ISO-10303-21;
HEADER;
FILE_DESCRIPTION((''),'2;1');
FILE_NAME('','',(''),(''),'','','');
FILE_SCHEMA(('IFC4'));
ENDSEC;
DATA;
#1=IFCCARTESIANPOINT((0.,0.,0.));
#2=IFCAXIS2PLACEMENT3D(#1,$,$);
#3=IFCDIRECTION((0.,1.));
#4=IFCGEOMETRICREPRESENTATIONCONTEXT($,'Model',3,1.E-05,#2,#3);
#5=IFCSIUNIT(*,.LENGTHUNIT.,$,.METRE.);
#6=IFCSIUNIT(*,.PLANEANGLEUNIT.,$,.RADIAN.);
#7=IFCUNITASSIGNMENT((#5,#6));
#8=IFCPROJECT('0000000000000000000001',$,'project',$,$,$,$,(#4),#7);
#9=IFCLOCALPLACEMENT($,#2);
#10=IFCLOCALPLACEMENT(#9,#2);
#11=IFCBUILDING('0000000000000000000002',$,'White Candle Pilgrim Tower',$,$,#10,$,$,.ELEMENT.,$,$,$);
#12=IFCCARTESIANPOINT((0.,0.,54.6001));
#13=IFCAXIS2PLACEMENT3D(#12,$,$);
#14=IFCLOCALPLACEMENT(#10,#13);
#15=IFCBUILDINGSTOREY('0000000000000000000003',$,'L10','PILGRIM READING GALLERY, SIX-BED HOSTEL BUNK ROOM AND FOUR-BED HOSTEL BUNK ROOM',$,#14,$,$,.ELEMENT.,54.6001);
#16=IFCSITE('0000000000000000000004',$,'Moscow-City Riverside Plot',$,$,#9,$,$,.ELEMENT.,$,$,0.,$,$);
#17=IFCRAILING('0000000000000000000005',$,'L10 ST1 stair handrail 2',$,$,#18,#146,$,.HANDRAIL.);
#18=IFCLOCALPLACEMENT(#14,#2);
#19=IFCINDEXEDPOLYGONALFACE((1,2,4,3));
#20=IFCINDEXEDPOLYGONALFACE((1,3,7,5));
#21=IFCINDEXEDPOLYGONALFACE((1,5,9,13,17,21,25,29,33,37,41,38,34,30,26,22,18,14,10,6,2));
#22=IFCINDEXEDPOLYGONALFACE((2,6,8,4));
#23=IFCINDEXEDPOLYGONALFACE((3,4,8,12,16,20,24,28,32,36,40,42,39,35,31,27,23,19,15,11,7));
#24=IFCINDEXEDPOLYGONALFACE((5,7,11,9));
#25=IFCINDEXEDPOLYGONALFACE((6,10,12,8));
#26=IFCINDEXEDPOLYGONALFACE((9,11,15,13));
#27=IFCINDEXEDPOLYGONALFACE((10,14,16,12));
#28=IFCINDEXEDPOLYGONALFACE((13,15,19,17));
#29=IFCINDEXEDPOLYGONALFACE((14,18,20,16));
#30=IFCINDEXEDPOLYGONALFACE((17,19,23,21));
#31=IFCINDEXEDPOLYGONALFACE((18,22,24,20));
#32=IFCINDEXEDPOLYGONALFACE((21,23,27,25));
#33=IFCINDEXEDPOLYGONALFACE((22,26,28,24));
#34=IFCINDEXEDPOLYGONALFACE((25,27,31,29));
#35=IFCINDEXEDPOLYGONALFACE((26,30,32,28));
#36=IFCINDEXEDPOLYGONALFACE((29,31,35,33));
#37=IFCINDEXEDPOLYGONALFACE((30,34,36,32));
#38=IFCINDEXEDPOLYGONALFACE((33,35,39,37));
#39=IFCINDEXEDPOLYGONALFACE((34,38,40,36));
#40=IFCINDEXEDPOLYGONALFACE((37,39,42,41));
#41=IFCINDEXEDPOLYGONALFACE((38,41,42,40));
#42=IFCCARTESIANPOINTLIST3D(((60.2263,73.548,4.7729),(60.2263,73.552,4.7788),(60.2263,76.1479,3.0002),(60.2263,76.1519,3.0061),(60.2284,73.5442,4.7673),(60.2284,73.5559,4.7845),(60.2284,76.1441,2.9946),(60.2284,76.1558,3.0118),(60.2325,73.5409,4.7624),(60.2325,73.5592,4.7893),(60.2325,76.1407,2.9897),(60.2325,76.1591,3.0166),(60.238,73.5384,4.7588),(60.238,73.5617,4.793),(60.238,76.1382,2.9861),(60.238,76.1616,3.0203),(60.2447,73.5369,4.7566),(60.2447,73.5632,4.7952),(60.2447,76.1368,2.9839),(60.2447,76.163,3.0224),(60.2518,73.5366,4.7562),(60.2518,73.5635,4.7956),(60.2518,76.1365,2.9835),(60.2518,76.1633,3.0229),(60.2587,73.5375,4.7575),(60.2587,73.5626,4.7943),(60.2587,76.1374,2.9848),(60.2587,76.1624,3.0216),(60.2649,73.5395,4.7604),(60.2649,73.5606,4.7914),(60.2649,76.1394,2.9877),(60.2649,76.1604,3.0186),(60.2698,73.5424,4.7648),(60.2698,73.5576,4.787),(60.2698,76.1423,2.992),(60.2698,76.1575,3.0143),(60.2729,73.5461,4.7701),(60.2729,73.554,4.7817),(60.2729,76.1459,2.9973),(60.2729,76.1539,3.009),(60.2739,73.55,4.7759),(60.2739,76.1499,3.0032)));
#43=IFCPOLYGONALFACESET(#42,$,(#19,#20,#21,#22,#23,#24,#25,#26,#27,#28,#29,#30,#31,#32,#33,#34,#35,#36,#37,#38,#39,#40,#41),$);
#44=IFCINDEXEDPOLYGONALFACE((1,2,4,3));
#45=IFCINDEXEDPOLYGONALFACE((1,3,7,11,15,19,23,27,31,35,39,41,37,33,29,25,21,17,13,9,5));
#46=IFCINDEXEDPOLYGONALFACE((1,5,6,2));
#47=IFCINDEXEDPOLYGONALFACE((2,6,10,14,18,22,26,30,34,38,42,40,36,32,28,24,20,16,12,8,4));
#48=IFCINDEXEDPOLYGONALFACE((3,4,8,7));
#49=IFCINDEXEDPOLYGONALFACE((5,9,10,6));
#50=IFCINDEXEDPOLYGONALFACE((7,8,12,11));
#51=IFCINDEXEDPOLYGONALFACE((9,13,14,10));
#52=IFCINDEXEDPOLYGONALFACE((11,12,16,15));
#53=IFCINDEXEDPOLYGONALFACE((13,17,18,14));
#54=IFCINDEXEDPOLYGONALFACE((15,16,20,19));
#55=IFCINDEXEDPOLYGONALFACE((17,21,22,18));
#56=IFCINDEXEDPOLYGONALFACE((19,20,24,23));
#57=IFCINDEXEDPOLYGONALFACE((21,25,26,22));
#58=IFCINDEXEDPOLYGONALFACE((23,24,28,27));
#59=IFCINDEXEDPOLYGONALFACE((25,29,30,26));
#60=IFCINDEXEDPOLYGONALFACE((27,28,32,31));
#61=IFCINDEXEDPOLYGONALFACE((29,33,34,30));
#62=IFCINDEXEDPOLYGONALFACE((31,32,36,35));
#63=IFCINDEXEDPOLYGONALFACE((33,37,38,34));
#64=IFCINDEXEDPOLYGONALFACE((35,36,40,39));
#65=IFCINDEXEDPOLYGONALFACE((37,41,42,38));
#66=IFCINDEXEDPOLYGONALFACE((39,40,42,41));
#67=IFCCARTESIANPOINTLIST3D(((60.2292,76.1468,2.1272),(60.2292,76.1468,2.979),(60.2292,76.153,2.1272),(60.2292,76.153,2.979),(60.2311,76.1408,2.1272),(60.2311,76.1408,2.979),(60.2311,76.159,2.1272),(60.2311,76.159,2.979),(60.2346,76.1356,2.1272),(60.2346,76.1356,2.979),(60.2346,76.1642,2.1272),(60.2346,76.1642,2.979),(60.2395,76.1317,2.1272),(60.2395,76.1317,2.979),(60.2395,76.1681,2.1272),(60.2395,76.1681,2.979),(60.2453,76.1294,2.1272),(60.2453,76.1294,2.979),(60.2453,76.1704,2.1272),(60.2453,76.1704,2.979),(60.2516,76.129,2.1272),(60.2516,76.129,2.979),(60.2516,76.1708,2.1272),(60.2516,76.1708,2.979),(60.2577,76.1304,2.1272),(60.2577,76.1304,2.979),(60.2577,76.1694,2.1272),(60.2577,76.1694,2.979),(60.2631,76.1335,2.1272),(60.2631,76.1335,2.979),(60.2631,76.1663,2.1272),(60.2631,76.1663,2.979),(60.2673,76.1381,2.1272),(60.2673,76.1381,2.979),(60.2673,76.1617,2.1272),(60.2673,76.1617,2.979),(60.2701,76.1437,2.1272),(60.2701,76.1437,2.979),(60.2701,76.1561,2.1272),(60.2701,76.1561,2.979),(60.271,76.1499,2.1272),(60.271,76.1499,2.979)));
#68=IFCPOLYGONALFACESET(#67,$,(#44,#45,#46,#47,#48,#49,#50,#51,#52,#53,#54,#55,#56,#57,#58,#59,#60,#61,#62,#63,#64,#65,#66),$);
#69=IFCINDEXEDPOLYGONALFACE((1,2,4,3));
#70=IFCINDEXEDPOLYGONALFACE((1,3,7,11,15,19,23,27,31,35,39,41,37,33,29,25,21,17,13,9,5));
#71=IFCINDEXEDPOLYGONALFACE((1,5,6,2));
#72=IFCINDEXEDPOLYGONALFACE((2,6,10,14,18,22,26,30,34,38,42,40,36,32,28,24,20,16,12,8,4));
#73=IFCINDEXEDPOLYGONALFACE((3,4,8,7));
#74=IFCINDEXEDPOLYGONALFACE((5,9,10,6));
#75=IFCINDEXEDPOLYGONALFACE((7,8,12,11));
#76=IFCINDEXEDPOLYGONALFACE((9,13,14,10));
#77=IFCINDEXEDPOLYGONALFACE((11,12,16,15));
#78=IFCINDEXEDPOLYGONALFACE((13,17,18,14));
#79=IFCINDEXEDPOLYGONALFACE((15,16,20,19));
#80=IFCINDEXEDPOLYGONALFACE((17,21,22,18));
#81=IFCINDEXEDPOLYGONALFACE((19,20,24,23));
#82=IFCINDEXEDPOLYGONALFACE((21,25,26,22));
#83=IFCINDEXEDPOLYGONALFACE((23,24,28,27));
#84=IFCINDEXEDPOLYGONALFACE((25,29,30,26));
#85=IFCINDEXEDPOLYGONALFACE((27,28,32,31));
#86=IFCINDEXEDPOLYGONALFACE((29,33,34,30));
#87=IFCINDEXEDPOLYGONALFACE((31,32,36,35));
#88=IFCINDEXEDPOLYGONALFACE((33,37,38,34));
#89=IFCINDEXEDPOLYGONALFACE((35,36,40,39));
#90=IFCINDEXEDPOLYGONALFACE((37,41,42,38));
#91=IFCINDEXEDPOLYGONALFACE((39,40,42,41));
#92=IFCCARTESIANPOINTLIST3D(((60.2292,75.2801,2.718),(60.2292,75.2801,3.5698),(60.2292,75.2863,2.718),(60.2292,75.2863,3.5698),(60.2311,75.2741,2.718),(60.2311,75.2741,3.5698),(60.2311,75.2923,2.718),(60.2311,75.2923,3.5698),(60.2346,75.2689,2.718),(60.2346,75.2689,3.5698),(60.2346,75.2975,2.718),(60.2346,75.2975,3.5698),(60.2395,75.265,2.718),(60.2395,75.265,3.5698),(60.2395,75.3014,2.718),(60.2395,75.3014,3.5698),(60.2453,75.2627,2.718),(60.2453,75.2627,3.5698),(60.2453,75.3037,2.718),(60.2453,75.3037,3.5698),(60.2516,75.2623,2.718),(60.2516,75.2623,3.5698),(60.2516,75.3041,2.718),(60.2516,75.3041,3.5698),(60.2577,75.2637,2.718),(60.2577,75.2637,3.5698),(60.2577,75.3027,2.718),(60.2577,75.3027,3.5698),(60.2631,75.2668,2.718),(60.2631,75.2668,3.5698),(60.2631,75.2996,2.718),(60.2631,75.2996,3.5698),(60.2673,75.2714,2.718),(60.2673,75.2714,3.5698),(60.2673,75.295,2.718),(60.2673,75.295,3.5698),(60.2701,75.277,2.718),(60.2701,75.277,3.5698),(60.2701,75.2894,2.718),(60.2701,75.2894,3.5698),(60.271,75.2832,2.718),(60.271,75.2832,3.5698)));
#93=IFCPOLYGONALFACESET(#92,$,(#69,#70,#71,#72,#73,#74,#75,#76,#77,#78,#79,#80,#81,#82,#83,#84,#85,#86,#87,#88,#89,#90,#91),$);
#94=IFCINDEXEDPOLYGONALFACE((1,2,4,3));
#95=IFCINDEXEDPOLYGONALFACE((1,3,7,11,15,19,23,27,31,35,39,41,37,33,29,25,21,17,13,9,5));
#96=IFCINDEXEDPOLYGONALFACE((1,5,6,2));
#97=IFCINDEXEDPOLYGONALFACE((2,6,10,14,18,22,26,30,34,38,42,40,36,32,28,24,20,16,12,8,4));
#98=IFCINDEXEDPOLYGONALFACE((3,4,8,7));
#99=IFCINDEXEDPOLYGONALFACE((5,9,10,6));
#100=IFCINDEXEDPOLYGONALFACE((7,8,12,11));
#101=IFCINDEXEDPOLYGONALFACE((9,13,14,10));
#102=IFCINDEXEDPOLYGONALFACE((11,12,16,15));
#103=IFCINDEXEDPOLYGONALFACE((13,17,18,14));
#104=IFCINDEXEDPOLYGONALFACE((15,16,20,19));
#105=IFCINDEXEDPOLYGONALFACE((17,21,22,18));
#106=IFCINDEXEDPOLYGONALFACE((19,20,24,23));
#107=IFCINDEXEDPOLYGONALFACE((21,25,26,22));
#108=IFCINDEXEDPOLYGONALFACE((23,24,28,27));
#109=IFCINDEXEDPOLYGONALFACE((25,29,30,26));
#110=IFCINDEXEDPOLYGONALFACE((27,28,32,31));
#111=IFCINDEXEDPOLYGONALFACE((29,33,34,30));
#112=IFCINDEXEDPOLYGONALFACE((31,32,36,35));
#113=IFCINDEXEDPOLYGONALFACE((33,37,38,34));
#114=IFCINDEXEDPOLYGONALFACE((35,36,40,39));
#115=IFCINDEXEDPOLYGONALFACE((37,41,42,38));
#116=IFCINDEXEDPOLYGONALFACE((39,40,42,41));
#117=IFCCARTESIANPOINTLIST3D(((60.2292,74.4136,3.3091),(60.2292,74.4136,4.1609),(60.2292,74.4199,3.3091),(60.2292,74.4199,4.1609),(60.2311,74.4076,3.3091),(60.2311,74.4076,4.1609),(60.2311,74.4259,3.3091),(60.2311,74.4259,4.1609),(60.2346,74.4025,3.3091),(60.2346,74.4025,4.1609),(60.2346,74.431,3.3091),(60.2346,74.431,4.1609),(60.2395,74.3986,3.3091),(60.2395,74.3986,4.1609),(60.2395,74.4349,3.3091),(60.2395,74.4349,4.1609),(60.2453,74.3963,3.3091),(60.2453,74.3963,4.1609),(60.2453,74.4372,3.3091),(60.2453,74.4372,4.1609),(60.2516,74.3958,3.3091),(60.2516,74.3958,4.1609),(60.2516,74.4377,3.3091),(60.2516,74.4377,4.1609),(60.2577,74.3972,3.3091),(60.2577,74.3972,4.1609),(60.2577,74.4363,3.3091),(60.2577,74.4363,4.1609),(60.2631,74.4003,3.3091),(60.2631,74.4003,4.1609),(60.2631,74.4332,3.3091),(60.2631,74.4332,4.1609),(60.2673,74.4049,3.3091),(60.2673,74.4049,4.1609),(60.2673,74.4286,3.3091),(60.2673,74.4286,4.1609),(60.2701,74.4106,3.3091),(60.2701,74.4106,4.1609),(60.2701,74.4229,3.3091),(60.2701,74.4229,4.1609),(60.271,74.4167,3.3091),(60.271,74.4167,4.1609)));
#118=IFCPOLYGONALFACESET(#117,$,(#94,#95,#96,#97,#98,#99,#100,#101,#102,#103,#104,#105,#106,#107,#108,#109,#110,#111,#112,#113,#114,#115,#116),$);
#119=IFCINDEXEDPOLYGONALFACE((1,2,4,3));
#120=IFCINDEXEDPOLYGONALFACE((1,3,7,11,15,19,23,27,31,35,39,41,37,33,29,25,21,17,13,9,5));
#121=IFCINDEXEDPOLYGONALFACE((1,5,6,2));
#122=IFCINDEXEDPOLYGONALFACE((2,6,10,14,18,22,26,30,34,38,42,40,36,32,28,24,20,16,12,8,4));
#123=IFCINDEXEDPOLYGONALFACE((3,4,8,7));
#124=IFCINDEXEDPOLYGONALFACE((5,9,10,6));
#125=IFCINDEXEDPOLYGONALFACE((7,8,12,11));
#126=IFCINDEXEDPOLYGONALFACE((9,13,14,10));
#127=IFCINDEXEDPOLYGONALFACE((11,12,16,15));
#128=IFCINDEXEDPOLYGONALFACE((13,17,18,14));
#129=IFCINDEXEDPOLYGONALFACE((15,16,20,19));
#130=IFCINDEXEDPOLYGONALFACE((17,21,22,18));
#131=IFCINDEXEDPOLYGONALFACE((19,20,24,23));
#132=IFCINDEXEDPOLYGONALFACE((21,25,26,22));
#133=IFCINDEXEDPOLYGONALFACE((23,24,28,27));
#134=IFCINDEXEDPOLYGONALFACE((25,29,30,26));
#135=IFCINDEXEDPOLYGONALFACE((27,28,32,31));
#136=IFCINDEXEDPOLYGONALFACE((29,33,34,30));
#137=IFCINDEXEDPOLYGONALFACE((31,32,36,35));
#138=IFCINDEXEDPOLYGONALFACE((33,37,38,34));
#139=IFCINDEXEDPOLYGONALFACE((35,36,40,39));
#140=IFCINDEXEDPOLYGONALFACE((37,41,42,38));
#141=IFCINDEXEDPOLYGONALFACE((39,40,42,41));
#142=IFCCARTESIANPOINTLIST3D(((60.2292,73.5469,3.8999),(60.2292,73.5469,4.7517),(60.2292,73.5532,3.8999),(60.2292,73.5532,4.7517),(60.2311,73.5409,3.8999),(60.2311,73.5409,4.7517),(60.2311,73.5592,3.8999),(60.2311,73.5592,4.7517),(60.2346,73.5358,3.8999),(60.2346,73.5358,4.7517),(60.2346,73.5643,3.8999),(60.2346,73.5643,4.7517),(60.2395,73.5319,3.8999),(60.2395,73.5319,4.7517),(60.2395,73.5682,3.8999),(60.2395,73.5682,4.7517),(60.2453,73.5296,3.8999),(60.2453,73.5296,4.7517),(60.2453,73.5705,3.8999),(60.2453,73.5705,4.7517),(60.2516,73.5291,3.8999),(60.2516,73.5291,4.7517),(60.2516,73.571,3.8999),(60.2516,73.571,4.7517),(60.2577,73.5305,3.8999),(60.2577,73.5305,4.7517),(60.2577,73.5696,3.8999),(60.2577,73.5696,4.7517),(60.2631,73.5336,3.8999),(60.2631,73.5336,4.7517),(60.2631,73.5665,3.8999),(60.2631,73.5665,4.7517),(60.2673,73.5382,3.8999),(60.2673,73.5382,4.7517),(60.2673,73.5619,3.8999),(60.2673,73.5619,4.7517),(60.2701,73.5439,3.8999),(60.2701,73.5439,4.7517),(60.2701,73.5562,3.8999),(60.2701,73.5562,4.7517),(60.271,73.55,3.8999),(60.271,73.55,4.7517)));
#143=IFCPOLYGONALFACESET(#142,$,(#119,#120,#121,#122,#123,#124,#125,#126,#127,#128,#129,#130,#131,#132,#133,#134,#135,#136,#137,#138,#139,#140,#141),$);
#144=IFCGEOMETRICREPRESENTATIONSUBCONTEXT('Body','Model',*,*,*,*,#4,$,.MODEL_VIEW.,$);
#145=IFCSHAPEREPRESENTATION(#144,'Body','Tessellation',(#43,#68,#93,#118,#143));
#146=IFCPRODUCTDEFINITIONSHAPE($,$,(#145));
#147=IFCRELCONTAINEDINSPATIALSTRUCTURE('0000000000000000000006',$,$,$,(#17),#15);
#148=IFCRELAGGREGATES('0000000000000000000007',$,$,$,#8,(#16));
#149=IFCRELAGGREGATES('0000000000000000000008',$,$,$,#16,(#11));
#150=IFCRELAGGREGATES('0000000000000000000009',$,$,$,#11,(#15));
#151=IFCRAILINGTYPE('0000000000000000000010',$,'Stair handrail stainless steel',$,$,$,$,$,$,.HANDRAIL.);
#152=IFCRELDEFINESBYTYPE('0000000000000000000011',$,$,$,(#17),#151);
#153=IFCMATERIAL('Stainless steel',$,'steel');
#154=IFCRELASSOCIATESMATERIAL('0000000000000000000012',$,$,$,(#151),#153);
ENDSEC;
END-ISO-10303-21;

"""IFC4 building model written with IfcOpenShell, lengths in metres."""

from ifc_helpers import new_model, si_unit, direction, frame, origin, origin_2d, place, context, subcontext, project, spatial, circle, extrude, material, type_object, element, save


model = new_model("IFC4")

# Units and contexts
model_context = context("Model", 3, precision=1e-05, world=origin(), true_north=direction((0.0, 1.0)))
body_context = subcontext(model_context, "Body", "Model", "MODEL_VIEW")
ifc_project = project(units=[si_unit("LENGTHUNIT", "METRE"), si_unit("PLANEANGLEUNIT", "RADIAN")], contexts=[model_context])

# Site, building, storey
site_placement = place(None, origin())
site = spatial("IfcSite", under=ifc_project, at=site_placement, Name="Moscow-City Riverside Plot", CompositionType="ELEMENT", RefElevation=0.0)
building_placement = place(site_placement, origin())
building = spatial("IfcBuilding", under=site, at=building_placement, Name="White Candle Pilgrim Tower", CompositionType="ELEMENT")
storey_placement = place(building_placement, frame((0.0, 0.0, 54.6001)))
storey = spatial("IfcBuildingStorey", under=building, at=storey_placement, Name="L10", Description="PILGRIM READING GALLERY, SIX-BED HOSTEL BUNK ROOM AND FOUR-BED HOSTEL BUNK ROOM", CompositionType="ELEMENT", Elevation=54.6001)

# Railing
ifc_material_1 = material(Name="Stainless steel", Category="steel")
railing_type_1 = type_object("IfcRailingType", Name="Stair handrail stainless steel", PredefinedType="HANDRAIL", material=ifc_material_1)
railing_1_placement = place(storey_placement, frame((60.25, 76.1499, 2.1272)))
element("IfcRailing", 1, at=railing_1_placement, inside=storey, type_object=railing_type_1, Name="L10 ST1 stair handrail 2", PredefinedType="HANDRAIL", context=body_context, shape_type="SweptSolid", body=[
    extrude(circle(Radius=0.0239, at=origin_2d()), frame((0.0, 0.0, 0.876), z_axis=(0.0, -0.826216, 0.563354), x_axis=(1.0, 0.0, 0.0)), (0.0, 0.0, 1.0), 3.1467),
    extrude(circle(Radius=0.021, at=origin_2d()), origin(), (0.0, 0.0, 1.0), 0.8518),
    extrude(circle(Radius=0.021, at=origin_2d()), frame((0.0, -0.8667, 0.5908)), (0.0, 0.0, 1.0), 0.8518),
    extrude(circle(Radius=0.021, at=origin_2d()), frame((0.0, -1.7332, 1.1819)), (0.0, 0.0, 1.0), 0.8518),
    extrude(circle(Radius=0.021, at=origin_2d()), frame((0.0, -2.5999, 1.7727)), (0.0, 0.0, 1.0), 0.8518),
])

save(model, "model.ifc")
